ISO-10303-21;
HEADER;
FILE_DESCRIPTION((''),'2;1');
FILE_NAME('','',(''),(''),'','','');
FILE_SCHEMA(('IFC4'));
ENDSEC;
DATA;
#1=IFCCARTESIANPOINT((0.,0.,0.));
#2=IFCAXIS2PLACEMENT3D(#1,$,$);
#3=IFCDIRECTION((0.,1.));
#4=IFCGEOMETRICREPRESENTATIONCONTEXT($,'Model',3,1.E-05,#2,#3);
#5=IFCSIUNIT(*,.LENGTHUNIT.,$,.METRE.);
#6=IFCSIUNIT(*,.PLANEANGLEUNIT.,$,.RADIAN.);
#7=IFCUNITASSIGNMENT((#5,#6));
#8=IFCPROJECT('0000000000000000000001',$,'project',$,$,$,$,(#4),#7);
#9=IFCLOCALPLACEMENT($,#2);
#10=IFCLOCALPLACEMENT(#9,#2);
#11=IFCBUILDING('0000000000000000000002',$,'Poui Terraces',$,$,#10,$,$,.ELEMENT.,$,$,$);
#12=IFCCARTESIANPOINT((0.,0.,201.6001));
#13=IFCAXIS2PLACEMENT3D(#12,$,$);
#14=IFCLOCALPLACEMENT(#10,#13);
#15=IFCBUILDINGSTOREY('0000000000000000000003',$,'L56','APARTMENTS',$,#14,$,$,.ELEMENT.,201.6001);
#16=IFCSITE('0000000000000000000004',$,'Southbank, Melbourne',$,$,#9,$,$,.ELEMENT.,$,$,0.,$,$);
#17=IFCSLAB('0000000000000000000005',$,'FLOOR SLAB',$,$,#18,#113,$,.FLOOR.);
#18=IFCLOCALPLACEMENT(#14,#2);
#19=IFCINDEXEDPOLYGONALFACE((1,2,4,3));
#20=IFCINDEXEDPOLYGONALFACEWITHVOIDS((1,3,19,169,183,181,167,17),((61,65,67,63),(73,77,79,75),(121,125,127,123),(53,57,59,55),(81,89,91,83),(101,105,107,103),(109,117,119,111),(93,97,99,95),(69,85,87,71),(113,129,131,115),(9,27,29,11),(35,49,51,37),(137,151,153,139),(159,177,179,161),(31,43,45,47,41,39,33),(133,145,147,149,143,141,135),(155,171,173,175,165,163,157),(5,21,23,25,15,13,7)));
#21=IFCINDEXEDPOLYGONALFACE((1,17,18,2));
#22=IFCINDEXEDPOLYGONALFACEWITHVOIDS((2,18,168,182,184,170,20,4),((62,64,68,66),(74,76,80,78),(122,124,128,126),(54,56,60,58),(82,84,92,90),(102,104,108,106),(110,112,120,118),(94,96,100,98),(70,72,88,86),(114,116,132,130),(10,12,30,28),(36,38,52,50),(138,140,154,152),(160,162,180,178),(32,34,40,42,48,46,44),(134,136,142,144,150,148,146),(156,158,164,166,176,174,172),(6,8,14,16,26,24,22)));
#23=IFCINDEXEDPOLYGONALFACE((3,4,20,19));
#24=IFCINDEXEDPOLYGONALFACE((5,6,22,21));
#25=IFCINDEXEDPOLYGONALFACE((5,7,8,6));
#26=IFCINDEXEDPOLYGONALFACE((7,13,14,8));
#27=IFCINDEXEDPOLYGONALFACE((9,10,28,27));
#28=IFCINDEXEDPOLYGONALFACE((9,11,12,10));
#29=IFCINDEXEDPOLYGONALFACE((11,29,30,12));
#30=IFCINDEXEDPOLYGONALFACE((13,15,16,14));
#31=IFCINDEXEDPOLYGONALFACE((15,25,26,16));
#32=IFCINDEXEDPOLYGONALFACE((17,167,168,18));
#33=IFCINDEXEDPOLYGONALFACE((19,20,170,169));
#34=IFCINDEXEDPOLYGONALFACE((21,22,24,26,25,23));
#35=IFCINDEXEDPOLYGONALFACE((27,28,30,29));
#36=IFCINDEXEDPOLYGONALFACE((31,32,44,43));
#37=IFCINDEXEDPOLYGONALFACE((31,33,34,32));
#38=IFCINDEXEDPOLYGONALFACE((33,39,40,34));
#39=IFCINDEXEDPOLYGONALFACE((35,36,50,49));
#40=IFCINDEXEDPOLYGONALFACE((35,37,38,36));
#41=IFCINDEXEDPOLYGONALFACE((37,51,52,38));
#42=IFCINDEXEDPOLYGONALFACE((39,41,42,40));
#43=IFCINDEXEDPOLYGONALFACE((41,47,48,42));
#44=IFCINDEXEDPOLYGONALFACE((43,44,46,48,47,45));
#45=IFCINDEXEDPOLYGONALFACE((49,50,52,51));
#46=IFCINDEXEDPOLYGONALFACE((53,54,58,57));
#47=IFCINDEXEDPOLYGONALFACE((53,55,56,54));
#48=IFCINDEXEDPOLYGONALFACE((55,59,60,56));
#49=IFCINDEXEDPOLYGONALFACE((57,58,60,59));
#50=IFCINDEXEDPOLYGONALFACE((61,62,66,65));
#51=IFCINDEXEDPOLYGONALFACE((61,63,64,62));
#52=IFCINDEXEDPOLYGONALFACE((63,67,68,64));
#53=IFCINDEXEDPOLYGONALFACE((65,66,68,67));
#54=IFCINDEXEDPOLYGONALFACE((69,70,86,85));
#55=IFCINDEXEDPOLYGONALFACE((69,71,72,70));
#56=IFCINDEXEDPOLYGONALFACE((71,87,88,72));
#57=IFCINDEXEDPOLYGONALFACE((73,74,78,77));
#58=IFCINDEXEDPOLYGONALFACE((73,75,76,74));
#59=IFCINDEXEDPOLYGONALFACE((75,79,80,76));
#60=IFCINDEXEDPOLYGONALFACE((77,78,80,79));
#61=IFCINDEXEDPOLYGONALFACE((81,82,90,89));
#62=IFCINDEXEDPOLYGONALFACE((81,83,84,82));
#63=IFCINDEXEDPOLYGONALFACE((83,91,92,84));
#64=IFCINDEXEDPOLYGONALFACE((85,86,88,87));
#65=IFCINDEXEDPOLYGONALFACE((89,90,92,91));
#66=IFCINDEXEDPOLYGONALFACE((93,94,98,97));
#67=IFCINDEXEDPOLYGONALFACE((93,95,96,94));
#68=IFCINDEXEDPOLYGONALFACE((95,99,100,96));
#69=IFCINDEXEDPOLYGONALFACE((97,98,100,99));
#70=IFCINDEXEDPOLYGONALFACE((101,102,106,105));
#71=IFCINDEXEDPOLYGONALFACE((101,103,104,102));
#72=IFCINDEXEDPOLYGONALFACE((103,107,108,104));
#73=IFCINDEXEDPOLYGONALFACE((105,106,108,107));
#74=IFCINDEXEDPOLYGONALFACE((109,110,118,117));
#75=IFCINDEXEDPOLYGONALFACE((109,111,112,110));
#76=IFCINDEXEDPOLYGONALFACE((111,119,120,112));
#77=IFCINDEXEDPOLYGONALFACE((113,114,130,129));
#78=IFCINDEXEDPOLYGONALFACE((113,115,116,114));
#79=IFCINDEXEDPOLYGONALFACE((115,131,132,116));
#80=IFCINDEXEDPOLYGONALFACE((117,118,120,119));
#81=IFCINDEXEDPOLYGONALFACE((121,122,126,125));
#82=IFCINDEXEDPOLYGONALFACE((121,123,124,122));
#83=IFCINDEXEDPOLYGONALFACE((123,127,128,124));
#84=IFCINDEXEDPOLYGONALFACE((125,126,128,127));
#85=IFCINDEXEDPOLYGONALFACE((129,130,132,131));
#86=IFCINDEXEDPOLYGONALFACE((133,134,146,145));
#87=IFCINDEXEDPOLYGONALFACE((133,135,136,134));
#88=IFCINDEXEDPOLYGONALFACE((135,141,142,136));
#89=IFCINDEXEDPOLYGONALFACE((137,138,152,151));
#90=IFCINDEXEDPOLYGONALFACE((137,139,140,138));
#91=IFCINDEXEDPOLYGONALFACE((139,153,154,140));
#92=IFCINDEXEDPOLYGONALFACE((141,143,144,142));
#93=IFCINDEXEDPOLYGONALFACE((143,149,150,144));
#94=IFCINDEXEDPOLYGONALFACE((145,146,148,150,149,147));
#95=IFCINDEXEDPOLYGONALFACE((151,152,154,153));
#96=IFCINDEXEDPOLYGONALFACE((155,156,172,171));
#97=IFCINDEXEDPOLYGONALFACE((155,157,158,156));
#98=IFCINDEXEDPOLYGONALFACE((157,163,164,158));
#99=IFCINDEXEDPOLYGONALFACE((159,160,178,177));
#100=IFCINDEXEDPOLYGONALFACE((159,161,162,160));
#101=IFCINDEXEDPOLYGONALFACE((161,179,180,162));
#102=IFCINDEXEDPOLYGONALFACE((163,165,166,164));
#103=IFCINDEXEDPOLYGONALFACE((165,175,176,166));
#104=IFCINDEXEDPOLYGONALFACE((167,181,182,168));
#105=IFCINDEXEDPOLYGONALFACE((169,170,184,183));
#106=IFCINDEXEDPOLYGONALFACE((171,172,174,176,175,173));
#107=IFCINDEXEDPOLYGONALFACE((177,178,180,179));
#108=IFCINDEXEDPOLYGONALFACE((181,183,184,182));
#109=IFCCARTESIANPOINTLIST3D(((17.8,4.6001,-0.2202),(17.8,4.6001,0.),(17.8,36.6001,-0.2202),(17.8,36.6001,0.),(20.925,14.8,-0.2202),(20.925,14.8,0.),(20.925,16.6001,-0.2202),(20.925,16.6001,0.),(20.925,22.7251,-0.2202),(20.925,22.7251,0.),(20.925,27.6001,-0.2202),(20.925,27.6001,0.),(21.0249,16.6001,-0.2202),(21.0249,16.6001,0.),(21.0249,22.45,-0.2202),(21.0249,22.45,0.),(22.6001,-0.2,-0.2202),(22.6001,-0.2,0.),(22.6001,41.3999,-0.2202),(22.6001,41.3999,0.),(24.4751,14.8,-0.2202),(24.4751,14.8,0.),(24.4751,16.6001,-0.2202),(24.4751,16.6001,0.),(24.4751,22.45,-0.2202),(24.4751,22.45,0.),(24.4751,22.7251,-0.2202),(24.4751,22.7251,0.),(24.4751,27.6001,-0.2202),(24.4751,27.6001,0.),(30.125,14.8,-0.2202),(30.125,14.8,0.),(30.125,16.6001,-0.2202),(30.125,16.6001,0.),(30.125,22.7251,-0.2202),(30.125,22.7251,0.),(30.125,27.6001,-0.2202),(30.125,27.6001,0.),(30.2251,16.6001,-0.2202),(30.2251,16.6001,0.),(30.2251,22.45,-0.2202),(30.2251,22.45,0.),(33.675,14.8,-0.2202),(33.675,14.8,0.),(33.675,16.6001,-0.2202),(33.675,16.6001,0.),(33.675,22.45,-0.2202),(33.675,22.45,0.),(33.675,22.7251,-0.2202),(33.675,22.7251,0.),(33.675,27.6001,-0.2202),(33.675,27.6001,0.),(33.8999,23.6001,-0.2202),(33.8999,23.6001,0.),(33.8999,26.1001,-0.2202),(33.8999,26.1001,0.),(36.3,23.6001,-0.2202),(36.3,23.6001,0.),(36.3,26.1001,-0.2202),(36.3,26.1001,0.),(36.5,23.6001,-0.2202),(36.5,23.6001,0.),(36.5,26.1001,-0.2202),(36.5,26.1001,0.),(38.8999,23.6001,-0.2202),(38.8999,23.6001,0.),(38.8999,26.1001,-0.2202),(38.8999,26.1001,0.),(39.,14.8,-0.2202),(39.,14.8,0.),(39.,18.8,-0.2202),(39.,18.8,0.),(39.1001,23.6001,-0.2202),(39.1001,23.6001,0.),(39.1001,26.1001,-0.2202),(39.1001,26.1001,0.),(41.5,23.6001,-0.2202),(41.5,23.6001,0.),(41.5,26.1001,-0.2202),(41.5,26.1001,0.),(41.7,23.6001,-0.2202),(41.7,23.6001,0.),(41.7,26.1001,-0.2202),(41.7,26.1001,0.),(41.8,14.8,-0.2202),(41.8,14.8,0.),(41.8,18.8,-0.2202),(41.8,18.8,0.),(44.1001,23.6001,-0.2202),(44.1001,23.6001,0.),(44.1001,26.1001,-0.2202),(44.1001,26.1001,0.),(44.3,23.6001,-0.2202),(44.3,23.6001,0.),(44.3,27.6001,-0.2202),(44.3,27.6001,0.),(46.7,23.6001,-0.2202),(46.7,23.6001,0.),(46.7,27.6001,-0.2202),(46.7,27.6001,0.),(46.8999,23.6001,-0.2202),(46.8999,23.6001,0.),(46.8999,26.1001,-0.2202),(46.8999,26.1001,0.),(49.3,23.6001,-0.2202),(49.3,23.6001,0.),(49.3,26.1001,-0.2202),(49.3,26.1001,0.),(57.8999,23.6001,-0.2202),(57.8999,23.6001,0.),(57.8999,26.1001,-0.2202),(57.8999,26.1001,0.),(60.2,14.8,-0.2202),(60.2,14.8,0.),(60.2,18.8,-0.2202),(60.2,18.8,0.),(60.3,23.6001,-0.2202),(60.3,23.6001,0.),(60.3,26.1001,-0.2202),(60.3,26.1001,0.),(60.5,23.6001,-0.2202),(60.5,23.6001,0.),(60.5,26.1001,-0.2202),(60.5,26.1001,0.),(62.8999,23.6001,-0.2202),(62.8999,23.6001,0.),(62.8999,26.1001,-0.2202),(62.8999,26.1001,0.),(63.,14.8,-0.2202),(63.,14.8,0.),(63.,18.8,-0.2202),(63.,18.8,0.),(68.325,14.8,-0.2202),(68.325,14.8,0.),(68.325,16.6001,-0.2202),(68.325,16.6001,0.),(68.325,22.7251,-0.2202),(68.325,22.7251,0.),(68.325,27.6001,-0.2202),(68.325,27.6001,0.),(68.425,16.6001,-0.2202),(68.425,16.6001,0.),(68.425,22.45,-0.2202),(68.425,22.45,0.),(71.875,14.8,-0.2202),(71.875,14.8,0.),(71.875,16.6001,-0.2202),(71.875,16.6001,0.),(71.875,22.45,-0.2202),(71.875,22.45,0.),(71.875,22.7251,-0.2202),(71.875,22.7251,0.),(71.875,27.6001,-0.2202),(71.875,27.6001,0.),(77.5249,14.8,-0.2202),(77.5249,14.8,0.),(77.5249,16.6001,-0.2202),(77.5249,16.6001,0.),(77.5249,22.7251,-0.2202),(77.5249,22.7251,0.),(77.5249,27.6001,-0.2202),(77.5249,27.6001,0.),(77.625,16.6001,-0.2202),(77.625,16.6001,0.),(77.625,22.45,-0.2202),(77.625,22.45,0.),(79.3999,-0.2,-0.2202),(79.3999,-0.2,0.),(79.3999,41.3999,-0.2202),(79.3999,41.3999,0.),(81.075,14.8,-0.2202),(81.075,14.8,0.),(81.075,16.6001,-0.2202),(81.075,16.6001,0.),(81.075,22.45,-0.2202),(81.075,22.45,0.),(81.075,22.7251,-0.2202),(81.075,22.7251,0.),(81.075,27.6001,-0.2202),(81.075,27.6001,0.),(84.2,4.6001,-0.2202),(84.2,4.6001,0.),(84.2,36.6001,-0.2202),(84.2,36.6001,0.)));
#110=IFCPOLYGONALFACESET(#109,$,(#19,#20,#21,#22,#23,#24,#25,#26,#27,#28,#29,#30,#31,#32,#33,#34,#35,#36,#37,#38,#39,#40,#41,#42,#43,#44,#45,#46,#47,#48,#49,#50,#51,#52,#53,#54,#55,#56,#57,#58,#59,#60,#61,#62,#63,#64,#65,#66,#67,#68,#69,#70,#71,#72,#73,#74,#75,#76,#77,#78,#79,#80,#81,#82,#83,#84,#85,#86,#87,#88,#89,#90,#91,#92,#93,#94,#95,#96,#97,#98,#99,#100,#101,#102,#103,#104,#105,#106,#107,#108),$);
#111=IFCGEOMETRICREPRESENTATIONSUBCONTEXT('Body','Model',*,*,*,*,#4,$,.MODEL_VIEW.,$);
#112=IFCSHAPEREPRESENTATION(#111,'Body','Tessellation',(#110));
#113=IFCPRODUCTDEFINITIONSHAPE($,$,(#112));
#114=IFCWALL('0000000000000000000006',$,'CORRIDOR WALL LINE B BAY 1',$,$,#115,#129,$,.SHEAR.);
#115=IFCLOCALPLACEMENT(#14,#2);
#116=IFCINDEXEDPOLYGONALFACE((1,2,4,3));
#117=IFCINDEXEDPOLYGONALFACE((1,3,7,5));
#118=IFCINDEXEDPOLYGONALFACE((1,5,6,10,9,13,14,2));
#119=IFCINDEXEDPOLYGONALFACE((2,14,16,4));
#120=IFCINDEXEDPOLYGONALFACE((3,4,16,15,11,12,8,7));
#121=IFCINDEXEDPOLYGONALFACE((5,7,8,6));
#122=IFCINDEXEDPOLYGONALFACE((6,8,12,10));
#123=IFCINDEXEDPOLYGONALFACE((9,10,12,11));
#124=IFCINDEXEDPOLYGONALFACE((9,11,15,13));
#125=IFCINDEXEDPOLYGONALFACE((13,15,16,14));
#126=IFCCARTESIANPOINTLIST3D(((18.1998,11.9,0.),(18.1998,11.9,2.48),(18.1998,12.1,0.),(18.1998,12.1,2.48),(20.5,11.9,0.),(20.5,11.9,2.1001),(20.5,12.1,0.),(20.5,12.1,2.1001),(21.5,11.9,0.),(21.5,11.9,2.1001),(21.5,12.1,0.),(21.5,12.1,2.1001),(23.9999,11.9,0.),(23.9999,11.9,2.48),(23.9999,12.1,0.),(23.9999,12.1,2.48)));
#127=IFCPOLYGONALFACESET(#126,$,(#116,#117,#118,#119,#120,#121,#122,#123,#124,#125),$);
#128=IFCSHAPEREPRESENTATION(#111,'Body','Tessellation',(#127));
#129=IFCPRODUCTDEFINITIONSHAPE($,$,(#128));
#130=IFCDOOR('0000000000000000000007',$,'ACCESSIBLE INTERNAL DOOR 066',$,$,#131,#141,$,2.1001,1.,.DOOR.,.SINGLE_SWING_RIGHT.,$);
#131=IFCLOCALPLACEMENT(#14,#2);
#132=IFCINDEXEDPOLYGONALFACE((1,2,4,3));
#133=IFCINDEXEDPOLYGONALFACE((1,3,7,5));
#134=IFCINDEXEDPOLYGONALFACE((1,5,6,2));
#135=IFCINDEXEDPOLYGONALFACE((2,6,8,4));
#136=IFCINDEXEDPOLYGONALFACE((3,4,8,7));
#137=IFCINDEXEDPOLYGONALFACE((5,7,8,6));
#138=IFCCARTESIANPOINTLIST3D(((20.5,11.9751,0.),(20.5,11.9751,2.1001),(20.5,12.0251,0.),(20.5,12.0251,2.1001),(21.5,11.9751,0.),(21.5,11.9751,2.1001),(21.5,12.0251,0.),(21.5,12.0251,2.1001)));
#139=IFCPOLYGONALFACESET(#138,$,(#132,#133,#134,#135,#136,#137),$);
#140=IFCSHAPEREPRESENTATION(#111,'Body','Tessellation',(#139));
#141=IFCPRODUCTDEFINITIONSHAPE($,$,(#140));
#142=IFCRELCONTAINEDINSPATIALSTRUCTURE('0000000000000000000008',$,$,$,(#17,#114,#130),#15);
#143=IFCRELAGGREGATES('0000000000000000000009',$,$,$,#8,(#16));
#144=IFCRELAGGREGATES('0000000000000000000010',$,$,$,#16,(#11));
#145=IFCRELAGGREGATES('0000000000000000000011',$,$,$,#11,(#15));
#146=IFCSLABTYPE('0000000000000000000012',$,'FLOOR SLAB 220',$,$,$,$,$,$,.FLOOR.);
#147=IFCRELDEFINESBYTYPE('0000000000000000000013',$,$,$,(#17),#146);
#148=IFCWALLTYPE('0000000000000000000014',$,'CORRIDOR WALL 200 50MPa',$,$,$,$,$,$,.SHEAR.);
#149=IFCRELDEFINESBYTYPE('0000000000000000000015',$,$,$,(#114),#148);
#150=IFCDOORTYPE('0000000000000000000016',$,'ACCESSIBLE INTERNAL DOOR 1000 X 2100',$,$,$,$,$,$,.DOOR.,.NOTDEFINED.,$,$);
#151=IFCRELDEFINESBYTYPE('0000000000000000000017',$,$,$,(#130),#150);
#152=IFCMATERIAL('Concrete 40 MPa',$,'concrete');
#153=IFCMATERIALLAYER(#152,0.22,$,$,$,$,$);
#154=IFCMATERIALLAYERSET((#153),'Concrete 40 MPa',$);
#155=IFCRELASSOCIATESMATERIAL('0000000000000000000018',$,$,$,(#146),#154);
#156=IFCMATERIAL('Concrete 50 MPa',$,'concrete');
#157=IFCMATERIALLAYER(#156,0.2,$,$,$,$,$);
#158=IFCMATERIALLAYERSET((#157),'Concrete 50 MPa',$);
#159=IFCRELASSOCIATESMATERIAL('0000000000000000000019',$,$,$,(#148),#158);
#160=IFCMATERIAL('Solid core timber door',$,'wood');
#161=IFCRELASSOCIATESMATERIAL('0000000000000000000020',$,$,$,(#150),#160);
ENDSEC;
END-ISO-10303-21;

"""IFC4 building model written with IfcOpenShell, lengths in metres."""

from ifc_helpers import new_model, si_unit, direction, frame, frame_2d, origin, place, context, subcontext, project, spatial, polyline, rectangle, outline, extrude, source, transform, mapped, material, layer, layer_set, type_object, element, fill, save


model = new_model("IFC4")

# Units and contexts
model_context = context("Model", 3, precision=1e-05, world=origin(), true_north=direction((0.0, 1.0)))
body_context = subcontext(model_context, "Body", "Model", "MODEL_VIEW")
ifc_project = project(units=[si_unit("LENGTHUNIT", "METRE"), si_unit("PLANEANGLEUNIT", "RADIAN")], contexts=[model_context])

# Site, building, storey
site_placement = place(None, origin())
site = spatial("IfcSite", under=ifc_project, at=site_placement, Name="Southbank, Melbourne", CompositionType="ELEMENT", RefElevation=0.0)
building_placement = place(site_placement, origin())
building = spatial("IfcBuilding", under=site, at=building_placement, Name="Poui Terraces", CompositionType="ELEMENT")
storey_placement = place(building_placement, frame((0.0, 0.0, 201.6001)))
storey = spatial("IfcBuildingStorey", under=building, at=storey_placement, Name="L56", Description="APARTMENTS", CompositionType="ELEMENT", Elevation=201.6001)

# Shared definitions
ifc_material_1 = material(Name="Concrete 50 MPa", Category="concrete")

# Slab
ifc_material_2 = material(Name="Concrete 40 MPa", Category="concrete")
ifc_layer_1 = layer(ifc_material_2, 0.22)
ifc_layer_set_1 = layer_set([ifc_layer_1], Name="Concrete 40 MPa")
slab_type_1 = type_object("IfcSlabType", Name="FLOOR SLAB 220", PredefinedType="FLOOR", material=ifc_layer_set_1)
shared_shape_1 = source(origin(), body_context, "Body", "SweptSolid", [
    extrude(outline(polyline([(0.0, 0.0), (4.8, -4.8), (61.5999, -4.8), (66.3999, 0.0), (66.3999, 32.0), (61.5999, 36.7998), (4.8, 36.7998), (0.0, 32.0), (0.0, 0.0)]), holes=[polyline([(21.2, 10.2), (21.2, 14.2), (24.0, 14.2), (24.0, 10.2), (21.2, 10.2)]), polyline([(3.2249, 17.8499), (6.675, 17.8499), (6.675, 12.0), (6.675, 10.2), (3.125, 10.2), (3.125, 12.0), (3.2249, 12.0), (3.2249, 17.8499)]), polyline([(12.425, 17.8499), (15.875, 17.8499), (15.875, 12.0), (15.875, 10.2), (12.325, 10.2), (12.325, 12.0), (12.425, 12.0), (12.425, 17.8499)]), polyline([(16.0999, 19.0), (16.0999, 21.5), (18.5, 21.5), (18.5, 19.0), (16.0999, 19.0)]), polyline([(18.7, 19.0), (18.7, 21.5), (21.0999, 21.5), (21.0999, 19.0), (18.7, 19.0)]), polyline([(21.3, 19.0), (21.3, 21.5), (23.7, 21.5), (23.7, 19.0), (21.3, 19.0)]), polyline([(23.8999, 19.0), (23.8999, 21.5), (26.3, 21.5), (26.3, 19.0), (23.8999, 19.0)]), polyline([(3.125, 23.0), (6.675, 23.0), (6.675, 18.125), (3.125, 18.125), (3.125, 23.0)]), polyline([(12.325, 23.0), (15.875, 23.0), (15.875, 18.125), (12.325, 18.125), (12.325, 23.0)]), polyline([(42.3999, 10.2), (42.3999, 14.2), (45.2, 14.2), (45.2, 10.2), (42.3999, 10.2)]), polyline([(50.625, 17.8499), (54.075, 17.8499), (54.075, 12.0), (54.075, 10.2), (50.5249, 10.2), (50.5249, 12.0), (50.625, 12.0), (50.625, 17.8499)]), polyline([(59.825, 17.8499), (63.2749, 17.8499), (63.2749, 12.0), (63.2749, 10.2), (59.7249, 10.2), (59.7249, 12.0), (59.825, 12.0), (59.825, 17.8499)]), polyline([(29.0999, 19.0), (29.0999, 21.5), (31.5, 21.5), (31.5, 19.0), (29.0999, 19.0)]), polyline([(40.0999, 19.0), (40.0999, 21.5), (42.5, 21.5), (42.5, 19.0), (40.0999, 19.0)]), polyline([(42.7, 19.0), (42.7, 21.5), (45.0999, 21.5), (45.0999, 19.0), (42.7, 19.0)]), polyline([(50.5249, 18.125), (50.5249, 23.0), (54.075, 23.0), (54.075, 18.125), (50.5249, 18.125)]), polyline([(59.7249, 23.0), (63.2749, 23.0), (63.2749, 18.125), (59.7249, 18.125), (59.7249, 23.0)]), polyline([(26.5, 23.0), (28.8999, 23.0), (28.8999, 19.0), (26.5, 19.0), (26.5, 23.0)])]), origin(), (0.0, 0.0, 1.0), 0.2202),
])
slab_1_placement = place(storey_placement, frame((17.8, 4.6001, -0.2202)))
element("IfcSlab", 1, at=slab_1_placement, inside=storey, type_object=slab_type_1, Name="FLOOR SLAB", PredefinedType="FLOOR", context=body_context, shape_type="MappedRepresentation", body=[
    mapped(shared_shape_1, transform((0.0, 0.0, 0.0))),
])

# Wall, opening, door
ifc_layer_2 = layer(ifc_material_1, 0.2)
ifc_layer_set_2 = layer_set([ifc_layer_2], Name="Concrete 50 MPa")
wall_type_1 = type_object("IfcWallType", Name="CORRIDOR WALL 200 50MPa", PredefinedType="SHEAR", material=ifc_layer_set_2)
wall_1_placement = place(storey_placement, frame((18.2, 12.0, 0.0), z_axis=(0.0, 0.0, 1.0), x_axis=(1.0, 0.0, 0.0)))
wall_1 = element("IfcWall", 2, at=wall_1_placement, inside=storey, type_object=wall_type_1, Name="CORRIDOR WALL LINE B BAY 1", PredefinedType="SHEAR", context=body_context, shape_type="SweptSolid", body=[
    extrude(rectangle(XDim=5.8, YDim=0.2, at=frame_2d((2.8999, 0.0))), origin(), (0.0, 0.0, 1.0), 2.48),
])
opening_1_placement = place(wall_1_placement, frame((2.3, 0.0, 0.0)))
opening_1 = element("IfcOpeningElement", 3, at=opening_1_placement, cuts=wall_1, PredefinedType="OPENING", context=body_context, shape_type="SweptSolid", body=[
    extrude(rectangle(XDim=1.0, YDim=2.1001, at=frame_2d((0.5, 1.05))), frame((0.0, 0.1099, 0.0), z_axis=(0.0, -1.0, 0.0), x_axis=(1.0, 0.0, 0.0)), (0.0, 0.0, 1.0), 0.22),
])
ifc_material_3 = material(Name="Solid core timber door", Category="wood")
door_type = type_object("IfcDoorType", Name="ACCESSIBLE INTERNAL DOOR 1000 X 2100", OperationType="NOTDEFINED", PredefinedType="DOOR", material=ifc_material_3)
door_placement = place(opening_1_placement, frame((1.0, 0.0, 0.0), z_axis=(0.0, 0.0, 1.0), x_axis=(-1.0, 0.0, 0.0)))
door = element("IfcDoor", 4, at=door_placement, inside=storey, type_object=door_type, Name="ACCESSIBLE INTERNAL DOOR 066", OperationType="SINGLE_SWING_RIGHT", OverallHeight=2.1001, OverallWidth=1.0, PredefinedType="DOOR", context=body_context, shape_type="SweptSolid", body=[
    extrude(rectangle(XDim=1.0, YDim=2.1001, at=frame_2d((0.5, 1.05))), frame((0.0, 0.0249, 0.0), z_axis=(0.0, -1.0, 0.0), x_axis=(1.0, 0.0, 0.0)), (0.0, 0.0, 1.0), 0.05),
])
fill(opening_1, door)

save(model, "model.ifc")
